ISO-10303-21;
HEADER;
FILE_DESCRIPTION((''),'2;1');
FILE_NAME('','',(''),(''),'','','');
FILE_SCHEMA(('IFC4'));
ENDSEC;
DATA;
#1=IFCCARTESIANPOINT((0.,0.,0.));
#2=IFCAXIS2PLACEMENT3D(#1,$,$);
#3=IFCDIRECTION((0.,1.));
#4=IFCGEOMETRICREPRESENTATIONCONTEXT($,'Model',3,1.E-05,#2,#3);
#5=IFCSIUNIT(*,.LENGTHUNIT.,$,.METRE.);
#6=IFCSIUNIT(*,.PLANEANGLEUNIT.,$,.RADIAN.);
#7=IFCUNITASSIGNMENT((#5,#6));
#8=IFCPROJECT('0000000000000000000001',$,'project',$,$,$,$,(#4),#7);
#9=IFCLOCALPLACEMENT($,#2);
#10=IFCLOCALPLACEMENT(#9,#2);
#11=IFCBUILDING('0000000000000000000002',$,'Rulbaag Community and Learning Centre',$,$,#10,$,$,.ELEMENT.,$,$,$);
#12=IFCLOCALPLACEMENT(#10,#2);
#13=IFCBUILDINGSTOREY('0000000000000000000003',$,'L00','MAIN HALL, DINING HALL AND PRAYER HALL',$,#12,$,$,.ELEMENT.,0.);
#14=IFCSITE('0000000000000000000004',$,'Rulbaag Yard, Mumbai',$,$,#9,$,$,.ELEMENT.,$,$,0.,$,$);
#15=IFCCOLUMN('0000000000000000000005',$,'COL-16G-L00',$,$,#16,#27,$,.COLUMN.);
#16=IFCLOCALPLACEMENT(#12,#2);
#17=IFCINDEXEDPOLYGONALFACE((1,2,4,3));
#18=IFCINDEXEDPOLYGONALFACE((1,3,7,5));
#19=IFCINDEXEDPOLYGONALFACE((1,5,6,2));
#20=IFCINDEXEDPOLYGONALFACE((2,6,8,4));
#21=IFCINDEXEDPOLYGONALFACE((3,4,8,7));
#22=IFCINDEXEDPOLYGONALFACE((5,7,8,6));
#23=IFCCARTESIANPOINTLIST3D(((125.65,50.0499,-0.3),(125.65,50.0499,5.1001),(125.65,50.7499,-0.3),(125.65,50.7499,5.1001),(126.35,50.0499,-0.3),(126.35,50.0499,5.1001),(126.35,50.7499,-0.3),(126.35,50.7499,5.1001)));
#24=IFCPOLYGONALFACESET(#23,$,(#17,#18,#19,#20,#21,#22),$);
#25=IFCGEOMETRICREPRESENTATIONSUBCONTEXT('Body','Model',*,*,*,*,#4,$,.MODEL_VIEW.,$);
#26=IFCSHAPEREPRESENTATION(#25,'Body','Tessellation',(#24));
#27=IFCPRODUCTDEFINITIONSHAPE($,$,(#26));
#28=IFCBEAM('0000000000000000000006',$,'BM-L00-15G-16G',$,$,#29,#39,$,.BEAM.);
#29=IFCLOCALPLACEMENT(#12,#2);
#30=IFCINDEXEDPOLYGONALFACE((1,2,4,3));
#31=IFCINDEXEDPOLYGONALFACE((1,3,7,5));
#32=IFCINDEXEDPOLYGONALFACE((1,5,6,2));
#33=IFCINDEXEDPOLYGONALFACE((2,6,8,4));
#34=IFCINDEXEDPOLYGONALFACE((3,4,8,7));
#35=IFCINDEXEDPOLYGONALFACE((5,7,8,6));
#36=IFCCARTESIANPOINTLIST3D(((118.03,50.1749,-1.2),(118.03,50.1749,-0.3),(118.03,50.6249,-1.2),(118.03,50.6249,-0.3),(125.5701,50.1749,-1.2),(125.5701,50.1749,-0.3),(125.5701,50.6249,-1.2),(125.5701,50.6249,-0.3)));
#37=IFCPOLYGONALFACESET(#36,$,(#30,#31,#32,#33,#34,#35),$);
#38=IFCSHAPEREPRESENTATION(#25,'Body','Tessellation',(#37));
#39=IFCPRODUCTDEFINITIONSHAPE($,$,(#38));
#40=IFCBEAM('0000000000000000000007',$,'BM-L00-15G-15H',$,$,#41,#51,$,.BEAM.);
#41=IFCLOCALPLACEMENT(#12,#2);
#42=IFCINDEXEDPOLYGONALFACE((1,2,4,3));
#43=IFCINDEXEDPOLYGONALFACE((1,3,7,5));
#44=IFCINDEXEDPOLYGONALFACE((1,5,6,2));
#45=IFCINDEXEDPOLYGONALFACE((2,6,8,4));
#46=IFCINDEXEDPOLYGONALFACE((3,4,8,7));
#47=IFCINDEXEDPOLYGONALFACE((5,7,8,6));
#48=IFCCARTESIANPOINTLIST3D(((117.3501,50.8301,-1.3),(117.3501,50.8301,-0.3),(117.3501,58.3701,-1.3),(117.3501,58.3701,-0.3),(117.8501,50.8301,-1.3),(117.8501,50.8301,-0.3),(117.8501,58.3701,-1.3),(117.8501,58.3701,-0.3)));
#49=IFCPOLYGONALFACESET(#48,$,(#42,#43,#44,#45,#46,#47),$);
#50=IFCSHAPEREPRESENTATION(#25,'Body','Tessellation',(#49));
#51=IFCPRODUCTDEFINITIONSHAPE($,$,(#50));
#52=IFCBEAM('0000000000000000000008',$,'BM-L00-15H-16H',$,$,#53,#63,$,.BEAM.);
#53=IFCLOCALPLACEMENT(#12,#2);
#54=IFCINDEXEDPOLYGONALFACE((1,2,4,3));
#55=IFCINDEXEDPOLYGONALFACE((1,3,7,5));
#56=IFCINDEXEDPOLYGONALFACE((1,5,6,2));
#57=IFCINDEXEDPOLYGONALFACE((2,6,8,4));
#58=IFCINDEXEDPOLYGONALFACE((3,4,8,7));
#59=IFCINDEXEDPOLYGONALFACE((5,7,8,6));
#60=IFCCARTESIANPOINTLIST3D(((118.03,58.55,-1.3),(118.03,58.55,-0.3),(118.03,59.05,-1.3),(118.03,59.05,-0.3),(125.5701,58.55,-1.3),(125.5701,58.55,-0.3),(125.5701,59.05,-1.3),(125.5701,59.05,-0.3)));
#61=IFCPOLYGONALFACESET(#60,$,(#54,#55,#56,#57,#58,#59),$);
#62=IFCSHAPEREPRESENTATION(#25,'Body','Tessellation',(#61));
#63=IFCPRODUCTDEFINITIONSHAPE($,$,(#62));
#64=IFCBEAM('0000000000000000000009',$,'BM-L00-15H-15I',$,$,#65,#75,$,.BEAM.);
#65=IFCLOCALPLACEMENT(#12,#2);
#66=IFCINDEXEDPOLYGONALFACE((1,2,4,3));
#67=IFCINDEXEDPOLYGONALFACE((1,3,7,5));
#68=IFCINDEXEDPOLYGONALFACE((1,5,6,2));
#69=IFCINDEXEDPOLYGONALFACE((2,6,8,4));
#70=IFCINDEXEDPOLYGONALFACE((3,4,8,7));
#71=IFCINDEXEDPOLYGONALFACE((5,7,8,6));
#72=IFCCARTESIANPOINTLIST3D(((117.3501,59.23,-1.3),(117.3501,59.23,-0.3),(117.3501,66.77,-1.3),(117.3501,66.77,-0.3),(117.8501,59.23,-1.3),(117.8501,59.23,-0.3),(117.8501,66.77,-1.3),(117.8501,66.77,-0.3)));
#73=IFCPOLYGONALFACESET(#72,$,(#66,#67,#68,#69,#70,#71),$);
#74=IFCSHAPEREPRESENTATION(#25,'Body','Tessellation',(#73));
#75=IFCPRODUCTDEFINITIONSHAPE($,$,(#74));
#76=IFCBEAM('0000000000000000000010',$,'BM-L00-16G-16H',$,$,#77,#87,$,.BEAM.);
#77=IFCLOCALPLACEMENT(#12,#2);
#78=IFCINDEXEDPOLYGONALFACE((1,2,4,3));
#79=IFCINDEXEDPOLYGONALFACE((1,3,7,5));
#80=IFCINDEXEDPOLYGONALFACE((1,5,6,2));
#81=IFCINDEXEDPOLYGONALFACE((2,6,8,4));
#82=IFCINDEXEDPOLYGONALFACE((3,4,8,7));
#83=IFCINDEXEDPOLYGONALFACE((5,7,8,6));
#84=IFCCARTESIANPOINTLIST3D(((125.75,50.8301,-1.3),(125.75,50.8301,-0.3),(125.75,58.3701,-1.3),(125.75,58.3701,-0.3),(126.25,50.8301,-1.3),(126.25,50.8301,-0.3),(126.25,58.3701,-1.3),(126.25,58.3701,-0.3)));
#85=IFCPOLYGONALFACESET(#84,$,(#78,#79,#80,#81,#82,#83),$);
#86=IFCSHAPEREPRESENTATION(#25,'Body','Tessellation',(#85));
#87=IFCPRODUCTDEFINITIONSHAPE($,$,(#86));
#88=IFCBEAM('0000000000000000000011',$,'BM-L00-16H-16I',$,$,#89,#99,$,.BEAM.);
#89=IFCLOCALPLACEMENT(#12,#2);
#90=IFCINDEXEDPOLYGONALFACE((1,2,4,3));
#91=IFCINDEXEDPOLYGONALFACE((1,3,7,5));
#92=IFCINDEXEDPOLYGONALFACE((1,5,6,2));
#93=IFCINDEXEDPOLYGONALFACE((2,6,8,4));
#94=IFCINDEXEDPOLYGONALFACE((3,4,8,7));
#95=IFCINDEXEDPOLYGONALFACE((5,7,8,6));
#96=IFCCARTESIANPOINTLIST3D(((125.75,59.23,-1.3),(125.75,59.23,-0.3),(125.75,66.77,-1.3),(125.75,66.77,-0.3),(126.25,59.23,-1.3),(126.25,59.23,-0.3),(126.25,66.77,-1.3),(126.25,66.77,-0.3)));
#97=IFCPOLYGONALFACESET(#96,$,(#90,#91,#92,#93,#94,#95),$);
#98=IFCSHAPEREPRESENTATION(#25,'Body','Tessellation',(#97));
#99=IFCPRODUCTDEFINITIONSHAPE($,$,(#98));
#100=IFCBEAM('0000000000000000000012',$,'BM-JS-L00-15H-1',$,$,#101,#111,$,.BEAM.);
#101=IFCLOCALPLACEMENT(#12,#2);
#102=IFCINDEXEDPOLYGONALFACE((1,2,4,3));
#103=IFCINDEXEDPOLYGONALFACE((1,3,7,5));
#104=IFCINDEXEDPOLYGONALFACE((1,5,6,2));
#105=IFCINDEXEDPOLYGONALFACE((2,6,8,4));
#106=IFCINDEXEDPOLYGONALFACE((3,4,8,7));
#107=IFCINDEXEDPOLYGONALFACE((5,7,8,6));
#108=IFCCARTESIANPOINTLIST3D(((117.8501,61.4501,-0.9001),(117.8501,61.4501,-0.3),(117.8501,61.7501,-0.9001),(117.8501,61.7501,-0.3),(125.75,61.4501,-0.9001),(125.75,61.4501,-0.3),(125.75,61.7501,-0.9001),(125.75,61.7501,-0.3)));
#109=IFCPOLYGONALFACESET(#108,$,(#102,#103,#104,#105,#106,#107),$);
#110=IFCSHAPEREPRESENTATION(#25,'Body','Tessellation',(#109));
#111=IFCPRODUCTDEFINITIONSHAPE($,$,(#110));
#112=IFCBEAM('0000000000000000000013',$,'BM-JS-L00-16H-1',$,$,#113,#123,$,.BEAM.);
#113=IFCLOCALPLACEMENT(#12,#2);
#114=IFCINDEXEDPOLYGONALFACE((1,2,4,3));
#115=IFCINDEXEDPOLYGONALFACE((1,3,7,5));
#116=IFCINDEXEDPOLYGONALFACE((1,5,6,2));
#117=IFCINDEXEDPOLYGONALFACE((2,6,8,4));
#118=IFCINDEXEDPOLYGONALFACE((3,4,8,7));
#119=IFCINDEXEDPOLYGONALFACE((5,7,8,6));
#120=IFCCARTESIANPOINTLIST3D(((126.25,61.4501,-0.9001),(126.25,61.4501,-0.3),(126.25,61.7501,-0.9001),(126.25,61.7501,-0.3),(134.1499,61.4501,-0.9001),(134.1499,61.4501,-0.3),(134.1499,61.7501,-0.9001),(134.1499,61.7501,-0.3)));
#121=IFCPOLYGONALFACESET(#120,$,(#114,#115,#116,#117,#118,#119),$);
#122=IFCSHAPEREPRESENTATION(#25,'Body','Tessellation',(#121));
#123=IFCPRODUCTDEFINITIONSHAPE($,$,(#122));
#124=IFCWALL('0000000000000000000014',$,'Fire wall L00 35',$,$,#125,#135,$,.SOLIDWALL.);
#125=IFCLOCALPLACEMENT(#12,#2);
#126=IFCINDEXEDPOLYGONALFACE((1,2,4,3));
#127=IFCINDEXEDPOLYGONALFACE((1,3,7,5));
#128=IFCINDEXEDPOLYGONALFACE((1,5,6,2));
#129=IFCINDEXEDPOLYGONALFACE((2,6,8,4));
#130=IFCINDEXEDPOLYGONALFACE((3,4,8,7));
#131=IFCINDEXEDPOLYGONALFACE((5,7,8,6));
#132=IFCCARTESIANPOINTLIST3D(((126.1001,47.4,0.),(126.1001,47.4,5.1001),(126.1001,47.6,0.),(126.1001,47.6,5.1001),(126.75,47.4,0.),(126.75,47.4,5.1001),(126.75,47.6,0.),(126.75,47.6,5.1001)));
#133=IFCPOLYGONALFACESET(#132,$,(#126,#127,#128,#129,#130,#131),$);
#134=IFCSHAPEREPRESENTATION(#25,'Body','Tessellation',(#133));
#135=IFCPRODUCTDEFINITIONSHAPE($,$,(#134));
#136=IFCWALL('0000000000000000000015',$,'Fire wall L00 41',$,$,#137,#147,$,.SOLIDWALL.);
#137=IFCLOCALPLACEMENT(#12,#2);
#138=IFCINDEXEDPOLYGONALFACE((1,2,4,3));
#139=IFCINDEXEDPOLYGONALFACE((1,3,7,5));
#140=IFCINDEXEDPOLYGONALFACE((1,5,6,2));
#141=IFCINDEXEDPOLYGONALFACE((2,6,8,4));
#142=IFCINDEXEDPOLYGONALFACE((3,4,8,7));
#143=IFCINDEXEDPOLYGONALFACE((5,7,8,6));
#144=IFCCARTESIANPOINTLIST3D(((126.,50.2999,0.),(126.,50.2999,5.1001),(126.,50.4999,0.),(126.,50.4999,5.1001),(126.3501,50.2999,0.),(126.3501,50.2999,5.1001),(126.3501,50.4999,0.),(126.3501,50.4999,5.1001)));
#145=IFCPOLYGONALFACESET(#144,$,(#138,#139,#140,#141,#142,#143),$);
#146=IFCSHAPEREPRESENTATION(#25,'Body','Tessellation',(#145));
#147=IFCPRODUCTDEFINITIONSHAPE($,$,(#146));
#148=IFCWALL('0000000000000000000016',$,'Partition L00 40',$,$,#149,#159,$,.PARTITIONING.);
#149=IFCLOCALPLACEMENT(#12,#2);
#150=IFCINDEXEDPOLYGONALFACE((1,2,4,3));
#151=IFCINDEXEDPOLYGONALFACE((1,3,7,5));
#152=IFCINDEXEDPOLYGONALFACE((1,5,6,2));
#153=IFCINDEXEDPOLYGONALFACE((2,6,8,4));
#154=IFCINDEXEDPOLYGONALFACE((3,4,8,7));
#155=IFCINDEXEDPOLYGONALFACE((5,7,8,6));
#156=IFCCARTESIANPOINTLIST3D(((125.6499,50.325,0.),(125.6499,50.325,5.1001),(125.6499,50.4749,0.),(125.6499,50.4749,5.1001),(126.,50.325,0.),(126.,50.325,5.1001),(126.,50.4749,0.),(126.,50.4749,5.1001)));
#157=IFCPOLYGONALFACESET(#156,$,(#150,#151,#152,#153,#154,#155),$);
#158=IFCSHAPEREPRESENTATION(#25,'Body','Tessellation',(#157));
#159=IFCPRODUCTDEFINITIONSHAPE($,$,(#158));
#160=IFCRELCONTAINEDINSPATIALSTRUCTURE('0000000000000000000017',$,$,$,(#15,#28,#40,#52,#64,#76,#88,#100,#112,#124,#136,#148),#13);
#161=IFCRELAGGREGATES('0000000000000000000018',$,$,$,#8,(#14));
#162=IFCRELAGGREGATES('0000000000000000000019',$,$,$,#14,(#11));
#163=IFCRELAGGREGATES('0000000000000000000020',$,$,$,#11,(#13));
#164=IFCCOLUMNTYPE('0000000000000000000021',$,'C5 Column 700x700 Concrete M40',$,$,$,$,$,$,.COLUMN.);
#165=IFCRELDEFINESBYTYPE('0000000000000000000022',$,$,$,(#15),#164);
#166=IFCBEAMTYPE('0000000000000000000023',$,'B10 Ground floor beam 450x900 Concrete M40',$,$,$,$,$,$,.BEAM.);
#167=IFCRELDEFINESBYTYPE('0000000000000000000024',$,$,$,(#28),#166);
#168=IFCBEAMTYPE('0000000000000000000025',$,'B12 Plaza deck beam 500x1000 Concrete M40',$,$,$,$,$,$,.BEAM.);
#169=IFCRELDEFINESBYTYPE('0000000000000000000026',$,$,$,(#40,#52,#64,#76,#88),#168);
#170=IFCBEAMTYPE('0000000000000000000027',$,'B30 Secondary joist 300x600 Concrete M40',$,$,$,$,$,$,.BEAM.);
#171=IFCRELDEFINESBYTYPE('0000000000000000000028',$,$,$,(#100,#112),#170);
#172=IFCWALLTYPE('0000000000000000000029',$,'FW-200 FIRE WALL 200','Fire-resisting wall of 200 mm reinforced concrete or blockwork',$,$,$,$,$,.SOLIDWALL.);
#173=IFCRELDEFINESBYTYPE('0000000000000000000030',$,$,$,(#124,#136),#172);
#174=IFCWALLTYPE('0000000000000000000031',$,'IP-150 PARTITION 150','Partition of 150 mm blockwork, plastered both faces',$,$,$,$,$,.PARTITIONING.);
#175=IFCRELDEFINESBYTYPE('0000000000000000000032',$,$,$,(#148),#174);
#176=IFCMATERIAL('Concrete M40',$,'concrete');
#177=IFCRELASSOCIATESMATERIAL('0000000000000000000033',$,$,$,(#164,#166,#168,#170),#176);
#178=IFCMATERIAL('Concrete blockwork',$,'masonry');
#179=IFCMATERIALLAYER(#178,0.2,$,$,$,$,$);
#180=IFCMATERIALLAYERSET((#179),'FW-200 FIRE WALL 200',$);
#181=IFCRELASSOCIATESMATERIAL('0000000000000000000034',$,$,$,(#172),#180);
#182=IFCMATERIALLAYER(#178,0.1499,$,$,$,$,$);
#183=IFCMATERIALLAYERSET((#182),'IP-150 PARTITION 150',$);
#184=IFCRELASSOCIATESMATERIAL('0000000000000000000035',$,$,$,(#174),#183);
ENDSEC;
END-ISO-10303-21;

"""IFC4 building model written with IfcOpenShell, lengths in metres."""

from ifc_helpers import new_model, si_unit, direction, frame, frame_2d, origin, origin_2d, place, context, subcontext, project, spatial, rectangle, extrude, material, layer, layer_set, material_profile, profile_set, type_object, element, save


model = new_model("IFC4")

# Units and contexts
model_context = context("Model", 3, precision=1e-05, world=origin(), true_north=direction((0.0, 1.0)))
body_context = subcontext(model_context, "Body", "Model", "MODEL_VIEW")
ifc_project = project(units=[si_unit("LENGTHUNIT", "METRE"), si_unit("PLANEANGLEUNIT", "RADIAN")], contexts=[model_context])

# Site, building, storey
site_placement = place(None, origin())
site = spatial("IfcSite", under=ifc_project, at=site_placement, Name="Rulbaag Yard, Mumbai", CompositionType="ELEMENT", RefElevation=0.0)
building_placement = place(site_placement, origin())
building = spatial("IfcBuilding", under=site, at=building_placement, Name="Rulbaag Community and Learning Centre", CompositionType="ELEMENT")
storey_placement = place(building_placement, origin())
storey = spatial("IfcBuildingStorey", under=building, at=storey_placement, Name="L00", Description="MAIN HALL, DINING HALL AND PRAYER HALL", CompositionType="ELEMENT", Elevation=0.0)

# Column
ifc_material_1 = material(Name="Concrete M40", Category="concrete")
ifc_material_profile_1 = material_profile(ifc_material_1, rectangle(XDim=0.7, YDim=0.7, at=origin_2d()), Name="RC700x700")
ifc_profile_set_1 = profile_set([ifc_material_profile_1], Name="Concrete M40")
column_type = type_object("IfcColumnType", Name="C5 Column 700x700 Concrete M40", PredefinedType="COLUMN", material=ifc_profile_set_1)
column_placement = place(storey_placement, frame((126.0, 50.3999, -0.3), z_axis=(0.0, 0.0, 1.0), x_axis=(1.0, 0.0, 0.0)))
element("IfcColumn", 1, at=column_placement, inside=storey, type_object=column_type, Name="COL-16G-L00", PredefinedType="COLUMN", context=body_context, shape_type="SweptSolid", body=[
    extrude(rectangle(XDim=0.7, YDim=0.7, at=origin_2d()), origin(), (0.0, 0.0, 1.0), 5.4001),
])

# Beams
ifc_material_profile_2 = material_profile(ifc_material_1, rectangle(XDim=0.45, YDim=0.8999, at=origin_2d()), Name="RB450x900")
ifc_profile_set_2 = profile_set([ifc_material_profile_2], Name="Concrete M40")
beam_type_1 = type_object("IfcBeamType", Name="B10 Ground floor beam 450x900 Concrete M40", PredefinedType="BEAM", material=ifc_profile_set_2)
beam_placement = place(storey_placement, frame((118.03, 50.3999, -0.75), z_axis=(1.0, 0.0, 0.0), x_axis=(0.0, 1.0, 0.0)))
element("IfcBeam", 2, at=beam_placement, inside=storey, type_object=beam_type_1, Name="BM-L00-15G-16G", PredefinedType="BEAM", context=body_context, shape_type="SweptSolid", body=[
    extrude(rectangle(XDim=0.45, YDim=0.8999, at=origin_2d()), origin(), (0.0, 0.0, 1.0), 7.54),
])
ifc_material_profile_3 = material_profile(ifc_material_1, rectangle(XDim=0.5, YDim=1.0, at=origin_2d()), Name="RB500x1000")
ifc_profile_set_3 = profile_set([ifc_material_profile_3], Name="Concrete M40")
beam_type_2 = type_object("IfcBeamType", Name="B12 Plaza deck beam 500x1000 Concrete M40", PredefinedType="BEAM", material=ifc_profile_set_3)
for number, where, z_axis, x_axis, name in (
    (3, (117.6001, 50.8301, -0.8), (0.0, 1.0, 0.0), (-1.0, 0.0, 0.0), "BM-L00-15G-15H"),
    (4, (118.03, 58.8, -0.8), (1.0, 0.0, 0.0), (0.0, 1.0, 0.0), "BM-L00-15H-16H"),
    (5, (117.6001, 59.23, -0.8), (0.0, 1.0, 0.0), (-1.0, 0.0, 0.0), "BM-L00-15H-15I"),
    (6, (126.0, 50.8301, -0.8), (0.0, 1.0, 0.0), (-1.0, 0.0, 0.0), "BM-L00-16G-16H"),
    (7, (126.0, 59.23, -0.8), (0.0, 1.0, 0.0), (-1.0, 0.0, 0.0), "BM-L00-16H-16I"),
):
    element("IfcBeam", number, at=place(storey_placement, frame(where, z_axis=z_axis, x_axis=x_axis)), inside=storey, type_object=beam_type_2, Name=name, PredefinedType="BEAM", context=body_context, shape_type="SweptSolid", body=[
        extrude(rectangle(XDim=0.5, YDim=1.0, at=origin_2d()), origin(), (0.0, 0.0, 1.0), 7.54),
    ])
ifc_material_profile_4 = material_profile(ifc_material_1, rectangle(XDim=0.3, YDim=0.6001, at=origin_2d()), Name="RB300x600")
ifc_profile_set_4 = profile_set([ifc_material_profile_4], Name="Concrete M40")
beam_type_3 = type_object("IfcBeamType", Name="B30 Secondary joist 300x600 Concrete M40", PredefinedType="BEAM", material=ifc_profile_set_4)
for number, where, z_axis, x_axis, name in (
    (8, (117.8501, 61.6001, -0.6001), (1.0, 0.0, 0.0), (0.0, 1.0, 0.0), "BM-JS-L00-15H-1"),
    (9, (126.25, 61.6001, -0.6001), (1.0, 0.0, 0.0), (0.0, 1.0, 0.0), "BM-JS-L00-16H-1"),
):
    element("IfcBeam", number, at=place(storey_placement, frame(where, z_axis=z_axis, x_axis=x_axis)), inside=storey, type_object=beam_type_3, Name=name, PredefinedType="BEAM", context=body_context, shape_type="SweptSolid", body=[
        extrude(rectangle(XDim=0.3, YDim=0.6001, at=origin_2d()), origin(), (0.0, 0.0, 1.0), 7.8999),
    ])

# Walls
ifc_material_2 = material(Name="Concrete blockwork", Category="masonry")
ifc_layer_1 = layer(ifc_material_2, 0.2)
ifc_layer_set_1 = layer_set([ifc_layer_1], Name="FW-200 FIRE WALL 200")
wall_type_1 = type_object("IfcWallType", Name="FW-200 FIRE WALL 200", Description="Fire-resisting wall of 200 mm reinforced concrete or blockwork", PredefinedType="SOLIDWALL", material=ifc_layer_set_1)
wall_1_placement = place(storey_placement, frame((126.1001, 47.5, 0.0), z_axis=(0.0, 0.0, 1.0), x_axis=(1.0, 0.0, 0.0)))
element("IfcWall", 10, at=wall_1_placement, inside=storey, type_object=wall_type_1, Name="Fire wall L00 35", PredefinedType="SOLIDWALL", context=body_context, shape_type="SweptSolid", body=[
    extrude(rectangle(XDim=0.6499, YDim=0.2, at=frame_2d((0.325, 0.0))), origin(), (0.0, 0.0, 1.0), 5.1001),
])
wall_2_placement = place(storey_placement, frame((126.0, 50.3999, 0.0), z_axis=(0.0, 0.0, 1.0), x_axis=(1.0, 0.0, 0.0)))
element("IfcWall", 11, at=wall_2_placement, inside=storey, type_object=wall_type_1, Name="Fire wall L00 41", PredefinedType="SOLIDWALL", context=body_context, shape_type="SweptSolid", body=[
    extrude(rectangle(XDim=0.3501, YDim=0.2, at=frame_2d((0.175, 0.0))), origin(), (0.0, 0.0, 1.0), 5.1001),
])
ifc_layer_2 = layer(ifc_material_2, 0.1499)
ifc_layer_set_2 = layer_set([ifc_layer_2], Name="IP-150 PARTITION 150")
wall_type_2 = type_object("IfcWallType", Name="IP-150 PARTITION 150", Description="Partition of 150 mm blockwork, plastered both faces", PredefinedType="PARTITIONING", material=ifc_layer_set_2)
wall_3_placement = place(storey_placement, frame((125.6499, 50.3999, 0.0), z_axis=(0.0, 0.0, 1.0), x_axis=(1.0, 0.0, 0.0)))
element("IfcWall", 12, at=wall_3_placement, inside=storey, type_object=wall_type_2, Name="Partition L00 40", PredefinedType="PARTITIONING", context=body_context, shape_type="SweptSolid", body=[
    extrude(rectangle(XDim=0.3501, YDim=0.1499, at=frame_2d((0.175, 0.0))), origin(), (0.0, 0.0, 1.0), 5.1001),
])

save(model, "model.ifc")
